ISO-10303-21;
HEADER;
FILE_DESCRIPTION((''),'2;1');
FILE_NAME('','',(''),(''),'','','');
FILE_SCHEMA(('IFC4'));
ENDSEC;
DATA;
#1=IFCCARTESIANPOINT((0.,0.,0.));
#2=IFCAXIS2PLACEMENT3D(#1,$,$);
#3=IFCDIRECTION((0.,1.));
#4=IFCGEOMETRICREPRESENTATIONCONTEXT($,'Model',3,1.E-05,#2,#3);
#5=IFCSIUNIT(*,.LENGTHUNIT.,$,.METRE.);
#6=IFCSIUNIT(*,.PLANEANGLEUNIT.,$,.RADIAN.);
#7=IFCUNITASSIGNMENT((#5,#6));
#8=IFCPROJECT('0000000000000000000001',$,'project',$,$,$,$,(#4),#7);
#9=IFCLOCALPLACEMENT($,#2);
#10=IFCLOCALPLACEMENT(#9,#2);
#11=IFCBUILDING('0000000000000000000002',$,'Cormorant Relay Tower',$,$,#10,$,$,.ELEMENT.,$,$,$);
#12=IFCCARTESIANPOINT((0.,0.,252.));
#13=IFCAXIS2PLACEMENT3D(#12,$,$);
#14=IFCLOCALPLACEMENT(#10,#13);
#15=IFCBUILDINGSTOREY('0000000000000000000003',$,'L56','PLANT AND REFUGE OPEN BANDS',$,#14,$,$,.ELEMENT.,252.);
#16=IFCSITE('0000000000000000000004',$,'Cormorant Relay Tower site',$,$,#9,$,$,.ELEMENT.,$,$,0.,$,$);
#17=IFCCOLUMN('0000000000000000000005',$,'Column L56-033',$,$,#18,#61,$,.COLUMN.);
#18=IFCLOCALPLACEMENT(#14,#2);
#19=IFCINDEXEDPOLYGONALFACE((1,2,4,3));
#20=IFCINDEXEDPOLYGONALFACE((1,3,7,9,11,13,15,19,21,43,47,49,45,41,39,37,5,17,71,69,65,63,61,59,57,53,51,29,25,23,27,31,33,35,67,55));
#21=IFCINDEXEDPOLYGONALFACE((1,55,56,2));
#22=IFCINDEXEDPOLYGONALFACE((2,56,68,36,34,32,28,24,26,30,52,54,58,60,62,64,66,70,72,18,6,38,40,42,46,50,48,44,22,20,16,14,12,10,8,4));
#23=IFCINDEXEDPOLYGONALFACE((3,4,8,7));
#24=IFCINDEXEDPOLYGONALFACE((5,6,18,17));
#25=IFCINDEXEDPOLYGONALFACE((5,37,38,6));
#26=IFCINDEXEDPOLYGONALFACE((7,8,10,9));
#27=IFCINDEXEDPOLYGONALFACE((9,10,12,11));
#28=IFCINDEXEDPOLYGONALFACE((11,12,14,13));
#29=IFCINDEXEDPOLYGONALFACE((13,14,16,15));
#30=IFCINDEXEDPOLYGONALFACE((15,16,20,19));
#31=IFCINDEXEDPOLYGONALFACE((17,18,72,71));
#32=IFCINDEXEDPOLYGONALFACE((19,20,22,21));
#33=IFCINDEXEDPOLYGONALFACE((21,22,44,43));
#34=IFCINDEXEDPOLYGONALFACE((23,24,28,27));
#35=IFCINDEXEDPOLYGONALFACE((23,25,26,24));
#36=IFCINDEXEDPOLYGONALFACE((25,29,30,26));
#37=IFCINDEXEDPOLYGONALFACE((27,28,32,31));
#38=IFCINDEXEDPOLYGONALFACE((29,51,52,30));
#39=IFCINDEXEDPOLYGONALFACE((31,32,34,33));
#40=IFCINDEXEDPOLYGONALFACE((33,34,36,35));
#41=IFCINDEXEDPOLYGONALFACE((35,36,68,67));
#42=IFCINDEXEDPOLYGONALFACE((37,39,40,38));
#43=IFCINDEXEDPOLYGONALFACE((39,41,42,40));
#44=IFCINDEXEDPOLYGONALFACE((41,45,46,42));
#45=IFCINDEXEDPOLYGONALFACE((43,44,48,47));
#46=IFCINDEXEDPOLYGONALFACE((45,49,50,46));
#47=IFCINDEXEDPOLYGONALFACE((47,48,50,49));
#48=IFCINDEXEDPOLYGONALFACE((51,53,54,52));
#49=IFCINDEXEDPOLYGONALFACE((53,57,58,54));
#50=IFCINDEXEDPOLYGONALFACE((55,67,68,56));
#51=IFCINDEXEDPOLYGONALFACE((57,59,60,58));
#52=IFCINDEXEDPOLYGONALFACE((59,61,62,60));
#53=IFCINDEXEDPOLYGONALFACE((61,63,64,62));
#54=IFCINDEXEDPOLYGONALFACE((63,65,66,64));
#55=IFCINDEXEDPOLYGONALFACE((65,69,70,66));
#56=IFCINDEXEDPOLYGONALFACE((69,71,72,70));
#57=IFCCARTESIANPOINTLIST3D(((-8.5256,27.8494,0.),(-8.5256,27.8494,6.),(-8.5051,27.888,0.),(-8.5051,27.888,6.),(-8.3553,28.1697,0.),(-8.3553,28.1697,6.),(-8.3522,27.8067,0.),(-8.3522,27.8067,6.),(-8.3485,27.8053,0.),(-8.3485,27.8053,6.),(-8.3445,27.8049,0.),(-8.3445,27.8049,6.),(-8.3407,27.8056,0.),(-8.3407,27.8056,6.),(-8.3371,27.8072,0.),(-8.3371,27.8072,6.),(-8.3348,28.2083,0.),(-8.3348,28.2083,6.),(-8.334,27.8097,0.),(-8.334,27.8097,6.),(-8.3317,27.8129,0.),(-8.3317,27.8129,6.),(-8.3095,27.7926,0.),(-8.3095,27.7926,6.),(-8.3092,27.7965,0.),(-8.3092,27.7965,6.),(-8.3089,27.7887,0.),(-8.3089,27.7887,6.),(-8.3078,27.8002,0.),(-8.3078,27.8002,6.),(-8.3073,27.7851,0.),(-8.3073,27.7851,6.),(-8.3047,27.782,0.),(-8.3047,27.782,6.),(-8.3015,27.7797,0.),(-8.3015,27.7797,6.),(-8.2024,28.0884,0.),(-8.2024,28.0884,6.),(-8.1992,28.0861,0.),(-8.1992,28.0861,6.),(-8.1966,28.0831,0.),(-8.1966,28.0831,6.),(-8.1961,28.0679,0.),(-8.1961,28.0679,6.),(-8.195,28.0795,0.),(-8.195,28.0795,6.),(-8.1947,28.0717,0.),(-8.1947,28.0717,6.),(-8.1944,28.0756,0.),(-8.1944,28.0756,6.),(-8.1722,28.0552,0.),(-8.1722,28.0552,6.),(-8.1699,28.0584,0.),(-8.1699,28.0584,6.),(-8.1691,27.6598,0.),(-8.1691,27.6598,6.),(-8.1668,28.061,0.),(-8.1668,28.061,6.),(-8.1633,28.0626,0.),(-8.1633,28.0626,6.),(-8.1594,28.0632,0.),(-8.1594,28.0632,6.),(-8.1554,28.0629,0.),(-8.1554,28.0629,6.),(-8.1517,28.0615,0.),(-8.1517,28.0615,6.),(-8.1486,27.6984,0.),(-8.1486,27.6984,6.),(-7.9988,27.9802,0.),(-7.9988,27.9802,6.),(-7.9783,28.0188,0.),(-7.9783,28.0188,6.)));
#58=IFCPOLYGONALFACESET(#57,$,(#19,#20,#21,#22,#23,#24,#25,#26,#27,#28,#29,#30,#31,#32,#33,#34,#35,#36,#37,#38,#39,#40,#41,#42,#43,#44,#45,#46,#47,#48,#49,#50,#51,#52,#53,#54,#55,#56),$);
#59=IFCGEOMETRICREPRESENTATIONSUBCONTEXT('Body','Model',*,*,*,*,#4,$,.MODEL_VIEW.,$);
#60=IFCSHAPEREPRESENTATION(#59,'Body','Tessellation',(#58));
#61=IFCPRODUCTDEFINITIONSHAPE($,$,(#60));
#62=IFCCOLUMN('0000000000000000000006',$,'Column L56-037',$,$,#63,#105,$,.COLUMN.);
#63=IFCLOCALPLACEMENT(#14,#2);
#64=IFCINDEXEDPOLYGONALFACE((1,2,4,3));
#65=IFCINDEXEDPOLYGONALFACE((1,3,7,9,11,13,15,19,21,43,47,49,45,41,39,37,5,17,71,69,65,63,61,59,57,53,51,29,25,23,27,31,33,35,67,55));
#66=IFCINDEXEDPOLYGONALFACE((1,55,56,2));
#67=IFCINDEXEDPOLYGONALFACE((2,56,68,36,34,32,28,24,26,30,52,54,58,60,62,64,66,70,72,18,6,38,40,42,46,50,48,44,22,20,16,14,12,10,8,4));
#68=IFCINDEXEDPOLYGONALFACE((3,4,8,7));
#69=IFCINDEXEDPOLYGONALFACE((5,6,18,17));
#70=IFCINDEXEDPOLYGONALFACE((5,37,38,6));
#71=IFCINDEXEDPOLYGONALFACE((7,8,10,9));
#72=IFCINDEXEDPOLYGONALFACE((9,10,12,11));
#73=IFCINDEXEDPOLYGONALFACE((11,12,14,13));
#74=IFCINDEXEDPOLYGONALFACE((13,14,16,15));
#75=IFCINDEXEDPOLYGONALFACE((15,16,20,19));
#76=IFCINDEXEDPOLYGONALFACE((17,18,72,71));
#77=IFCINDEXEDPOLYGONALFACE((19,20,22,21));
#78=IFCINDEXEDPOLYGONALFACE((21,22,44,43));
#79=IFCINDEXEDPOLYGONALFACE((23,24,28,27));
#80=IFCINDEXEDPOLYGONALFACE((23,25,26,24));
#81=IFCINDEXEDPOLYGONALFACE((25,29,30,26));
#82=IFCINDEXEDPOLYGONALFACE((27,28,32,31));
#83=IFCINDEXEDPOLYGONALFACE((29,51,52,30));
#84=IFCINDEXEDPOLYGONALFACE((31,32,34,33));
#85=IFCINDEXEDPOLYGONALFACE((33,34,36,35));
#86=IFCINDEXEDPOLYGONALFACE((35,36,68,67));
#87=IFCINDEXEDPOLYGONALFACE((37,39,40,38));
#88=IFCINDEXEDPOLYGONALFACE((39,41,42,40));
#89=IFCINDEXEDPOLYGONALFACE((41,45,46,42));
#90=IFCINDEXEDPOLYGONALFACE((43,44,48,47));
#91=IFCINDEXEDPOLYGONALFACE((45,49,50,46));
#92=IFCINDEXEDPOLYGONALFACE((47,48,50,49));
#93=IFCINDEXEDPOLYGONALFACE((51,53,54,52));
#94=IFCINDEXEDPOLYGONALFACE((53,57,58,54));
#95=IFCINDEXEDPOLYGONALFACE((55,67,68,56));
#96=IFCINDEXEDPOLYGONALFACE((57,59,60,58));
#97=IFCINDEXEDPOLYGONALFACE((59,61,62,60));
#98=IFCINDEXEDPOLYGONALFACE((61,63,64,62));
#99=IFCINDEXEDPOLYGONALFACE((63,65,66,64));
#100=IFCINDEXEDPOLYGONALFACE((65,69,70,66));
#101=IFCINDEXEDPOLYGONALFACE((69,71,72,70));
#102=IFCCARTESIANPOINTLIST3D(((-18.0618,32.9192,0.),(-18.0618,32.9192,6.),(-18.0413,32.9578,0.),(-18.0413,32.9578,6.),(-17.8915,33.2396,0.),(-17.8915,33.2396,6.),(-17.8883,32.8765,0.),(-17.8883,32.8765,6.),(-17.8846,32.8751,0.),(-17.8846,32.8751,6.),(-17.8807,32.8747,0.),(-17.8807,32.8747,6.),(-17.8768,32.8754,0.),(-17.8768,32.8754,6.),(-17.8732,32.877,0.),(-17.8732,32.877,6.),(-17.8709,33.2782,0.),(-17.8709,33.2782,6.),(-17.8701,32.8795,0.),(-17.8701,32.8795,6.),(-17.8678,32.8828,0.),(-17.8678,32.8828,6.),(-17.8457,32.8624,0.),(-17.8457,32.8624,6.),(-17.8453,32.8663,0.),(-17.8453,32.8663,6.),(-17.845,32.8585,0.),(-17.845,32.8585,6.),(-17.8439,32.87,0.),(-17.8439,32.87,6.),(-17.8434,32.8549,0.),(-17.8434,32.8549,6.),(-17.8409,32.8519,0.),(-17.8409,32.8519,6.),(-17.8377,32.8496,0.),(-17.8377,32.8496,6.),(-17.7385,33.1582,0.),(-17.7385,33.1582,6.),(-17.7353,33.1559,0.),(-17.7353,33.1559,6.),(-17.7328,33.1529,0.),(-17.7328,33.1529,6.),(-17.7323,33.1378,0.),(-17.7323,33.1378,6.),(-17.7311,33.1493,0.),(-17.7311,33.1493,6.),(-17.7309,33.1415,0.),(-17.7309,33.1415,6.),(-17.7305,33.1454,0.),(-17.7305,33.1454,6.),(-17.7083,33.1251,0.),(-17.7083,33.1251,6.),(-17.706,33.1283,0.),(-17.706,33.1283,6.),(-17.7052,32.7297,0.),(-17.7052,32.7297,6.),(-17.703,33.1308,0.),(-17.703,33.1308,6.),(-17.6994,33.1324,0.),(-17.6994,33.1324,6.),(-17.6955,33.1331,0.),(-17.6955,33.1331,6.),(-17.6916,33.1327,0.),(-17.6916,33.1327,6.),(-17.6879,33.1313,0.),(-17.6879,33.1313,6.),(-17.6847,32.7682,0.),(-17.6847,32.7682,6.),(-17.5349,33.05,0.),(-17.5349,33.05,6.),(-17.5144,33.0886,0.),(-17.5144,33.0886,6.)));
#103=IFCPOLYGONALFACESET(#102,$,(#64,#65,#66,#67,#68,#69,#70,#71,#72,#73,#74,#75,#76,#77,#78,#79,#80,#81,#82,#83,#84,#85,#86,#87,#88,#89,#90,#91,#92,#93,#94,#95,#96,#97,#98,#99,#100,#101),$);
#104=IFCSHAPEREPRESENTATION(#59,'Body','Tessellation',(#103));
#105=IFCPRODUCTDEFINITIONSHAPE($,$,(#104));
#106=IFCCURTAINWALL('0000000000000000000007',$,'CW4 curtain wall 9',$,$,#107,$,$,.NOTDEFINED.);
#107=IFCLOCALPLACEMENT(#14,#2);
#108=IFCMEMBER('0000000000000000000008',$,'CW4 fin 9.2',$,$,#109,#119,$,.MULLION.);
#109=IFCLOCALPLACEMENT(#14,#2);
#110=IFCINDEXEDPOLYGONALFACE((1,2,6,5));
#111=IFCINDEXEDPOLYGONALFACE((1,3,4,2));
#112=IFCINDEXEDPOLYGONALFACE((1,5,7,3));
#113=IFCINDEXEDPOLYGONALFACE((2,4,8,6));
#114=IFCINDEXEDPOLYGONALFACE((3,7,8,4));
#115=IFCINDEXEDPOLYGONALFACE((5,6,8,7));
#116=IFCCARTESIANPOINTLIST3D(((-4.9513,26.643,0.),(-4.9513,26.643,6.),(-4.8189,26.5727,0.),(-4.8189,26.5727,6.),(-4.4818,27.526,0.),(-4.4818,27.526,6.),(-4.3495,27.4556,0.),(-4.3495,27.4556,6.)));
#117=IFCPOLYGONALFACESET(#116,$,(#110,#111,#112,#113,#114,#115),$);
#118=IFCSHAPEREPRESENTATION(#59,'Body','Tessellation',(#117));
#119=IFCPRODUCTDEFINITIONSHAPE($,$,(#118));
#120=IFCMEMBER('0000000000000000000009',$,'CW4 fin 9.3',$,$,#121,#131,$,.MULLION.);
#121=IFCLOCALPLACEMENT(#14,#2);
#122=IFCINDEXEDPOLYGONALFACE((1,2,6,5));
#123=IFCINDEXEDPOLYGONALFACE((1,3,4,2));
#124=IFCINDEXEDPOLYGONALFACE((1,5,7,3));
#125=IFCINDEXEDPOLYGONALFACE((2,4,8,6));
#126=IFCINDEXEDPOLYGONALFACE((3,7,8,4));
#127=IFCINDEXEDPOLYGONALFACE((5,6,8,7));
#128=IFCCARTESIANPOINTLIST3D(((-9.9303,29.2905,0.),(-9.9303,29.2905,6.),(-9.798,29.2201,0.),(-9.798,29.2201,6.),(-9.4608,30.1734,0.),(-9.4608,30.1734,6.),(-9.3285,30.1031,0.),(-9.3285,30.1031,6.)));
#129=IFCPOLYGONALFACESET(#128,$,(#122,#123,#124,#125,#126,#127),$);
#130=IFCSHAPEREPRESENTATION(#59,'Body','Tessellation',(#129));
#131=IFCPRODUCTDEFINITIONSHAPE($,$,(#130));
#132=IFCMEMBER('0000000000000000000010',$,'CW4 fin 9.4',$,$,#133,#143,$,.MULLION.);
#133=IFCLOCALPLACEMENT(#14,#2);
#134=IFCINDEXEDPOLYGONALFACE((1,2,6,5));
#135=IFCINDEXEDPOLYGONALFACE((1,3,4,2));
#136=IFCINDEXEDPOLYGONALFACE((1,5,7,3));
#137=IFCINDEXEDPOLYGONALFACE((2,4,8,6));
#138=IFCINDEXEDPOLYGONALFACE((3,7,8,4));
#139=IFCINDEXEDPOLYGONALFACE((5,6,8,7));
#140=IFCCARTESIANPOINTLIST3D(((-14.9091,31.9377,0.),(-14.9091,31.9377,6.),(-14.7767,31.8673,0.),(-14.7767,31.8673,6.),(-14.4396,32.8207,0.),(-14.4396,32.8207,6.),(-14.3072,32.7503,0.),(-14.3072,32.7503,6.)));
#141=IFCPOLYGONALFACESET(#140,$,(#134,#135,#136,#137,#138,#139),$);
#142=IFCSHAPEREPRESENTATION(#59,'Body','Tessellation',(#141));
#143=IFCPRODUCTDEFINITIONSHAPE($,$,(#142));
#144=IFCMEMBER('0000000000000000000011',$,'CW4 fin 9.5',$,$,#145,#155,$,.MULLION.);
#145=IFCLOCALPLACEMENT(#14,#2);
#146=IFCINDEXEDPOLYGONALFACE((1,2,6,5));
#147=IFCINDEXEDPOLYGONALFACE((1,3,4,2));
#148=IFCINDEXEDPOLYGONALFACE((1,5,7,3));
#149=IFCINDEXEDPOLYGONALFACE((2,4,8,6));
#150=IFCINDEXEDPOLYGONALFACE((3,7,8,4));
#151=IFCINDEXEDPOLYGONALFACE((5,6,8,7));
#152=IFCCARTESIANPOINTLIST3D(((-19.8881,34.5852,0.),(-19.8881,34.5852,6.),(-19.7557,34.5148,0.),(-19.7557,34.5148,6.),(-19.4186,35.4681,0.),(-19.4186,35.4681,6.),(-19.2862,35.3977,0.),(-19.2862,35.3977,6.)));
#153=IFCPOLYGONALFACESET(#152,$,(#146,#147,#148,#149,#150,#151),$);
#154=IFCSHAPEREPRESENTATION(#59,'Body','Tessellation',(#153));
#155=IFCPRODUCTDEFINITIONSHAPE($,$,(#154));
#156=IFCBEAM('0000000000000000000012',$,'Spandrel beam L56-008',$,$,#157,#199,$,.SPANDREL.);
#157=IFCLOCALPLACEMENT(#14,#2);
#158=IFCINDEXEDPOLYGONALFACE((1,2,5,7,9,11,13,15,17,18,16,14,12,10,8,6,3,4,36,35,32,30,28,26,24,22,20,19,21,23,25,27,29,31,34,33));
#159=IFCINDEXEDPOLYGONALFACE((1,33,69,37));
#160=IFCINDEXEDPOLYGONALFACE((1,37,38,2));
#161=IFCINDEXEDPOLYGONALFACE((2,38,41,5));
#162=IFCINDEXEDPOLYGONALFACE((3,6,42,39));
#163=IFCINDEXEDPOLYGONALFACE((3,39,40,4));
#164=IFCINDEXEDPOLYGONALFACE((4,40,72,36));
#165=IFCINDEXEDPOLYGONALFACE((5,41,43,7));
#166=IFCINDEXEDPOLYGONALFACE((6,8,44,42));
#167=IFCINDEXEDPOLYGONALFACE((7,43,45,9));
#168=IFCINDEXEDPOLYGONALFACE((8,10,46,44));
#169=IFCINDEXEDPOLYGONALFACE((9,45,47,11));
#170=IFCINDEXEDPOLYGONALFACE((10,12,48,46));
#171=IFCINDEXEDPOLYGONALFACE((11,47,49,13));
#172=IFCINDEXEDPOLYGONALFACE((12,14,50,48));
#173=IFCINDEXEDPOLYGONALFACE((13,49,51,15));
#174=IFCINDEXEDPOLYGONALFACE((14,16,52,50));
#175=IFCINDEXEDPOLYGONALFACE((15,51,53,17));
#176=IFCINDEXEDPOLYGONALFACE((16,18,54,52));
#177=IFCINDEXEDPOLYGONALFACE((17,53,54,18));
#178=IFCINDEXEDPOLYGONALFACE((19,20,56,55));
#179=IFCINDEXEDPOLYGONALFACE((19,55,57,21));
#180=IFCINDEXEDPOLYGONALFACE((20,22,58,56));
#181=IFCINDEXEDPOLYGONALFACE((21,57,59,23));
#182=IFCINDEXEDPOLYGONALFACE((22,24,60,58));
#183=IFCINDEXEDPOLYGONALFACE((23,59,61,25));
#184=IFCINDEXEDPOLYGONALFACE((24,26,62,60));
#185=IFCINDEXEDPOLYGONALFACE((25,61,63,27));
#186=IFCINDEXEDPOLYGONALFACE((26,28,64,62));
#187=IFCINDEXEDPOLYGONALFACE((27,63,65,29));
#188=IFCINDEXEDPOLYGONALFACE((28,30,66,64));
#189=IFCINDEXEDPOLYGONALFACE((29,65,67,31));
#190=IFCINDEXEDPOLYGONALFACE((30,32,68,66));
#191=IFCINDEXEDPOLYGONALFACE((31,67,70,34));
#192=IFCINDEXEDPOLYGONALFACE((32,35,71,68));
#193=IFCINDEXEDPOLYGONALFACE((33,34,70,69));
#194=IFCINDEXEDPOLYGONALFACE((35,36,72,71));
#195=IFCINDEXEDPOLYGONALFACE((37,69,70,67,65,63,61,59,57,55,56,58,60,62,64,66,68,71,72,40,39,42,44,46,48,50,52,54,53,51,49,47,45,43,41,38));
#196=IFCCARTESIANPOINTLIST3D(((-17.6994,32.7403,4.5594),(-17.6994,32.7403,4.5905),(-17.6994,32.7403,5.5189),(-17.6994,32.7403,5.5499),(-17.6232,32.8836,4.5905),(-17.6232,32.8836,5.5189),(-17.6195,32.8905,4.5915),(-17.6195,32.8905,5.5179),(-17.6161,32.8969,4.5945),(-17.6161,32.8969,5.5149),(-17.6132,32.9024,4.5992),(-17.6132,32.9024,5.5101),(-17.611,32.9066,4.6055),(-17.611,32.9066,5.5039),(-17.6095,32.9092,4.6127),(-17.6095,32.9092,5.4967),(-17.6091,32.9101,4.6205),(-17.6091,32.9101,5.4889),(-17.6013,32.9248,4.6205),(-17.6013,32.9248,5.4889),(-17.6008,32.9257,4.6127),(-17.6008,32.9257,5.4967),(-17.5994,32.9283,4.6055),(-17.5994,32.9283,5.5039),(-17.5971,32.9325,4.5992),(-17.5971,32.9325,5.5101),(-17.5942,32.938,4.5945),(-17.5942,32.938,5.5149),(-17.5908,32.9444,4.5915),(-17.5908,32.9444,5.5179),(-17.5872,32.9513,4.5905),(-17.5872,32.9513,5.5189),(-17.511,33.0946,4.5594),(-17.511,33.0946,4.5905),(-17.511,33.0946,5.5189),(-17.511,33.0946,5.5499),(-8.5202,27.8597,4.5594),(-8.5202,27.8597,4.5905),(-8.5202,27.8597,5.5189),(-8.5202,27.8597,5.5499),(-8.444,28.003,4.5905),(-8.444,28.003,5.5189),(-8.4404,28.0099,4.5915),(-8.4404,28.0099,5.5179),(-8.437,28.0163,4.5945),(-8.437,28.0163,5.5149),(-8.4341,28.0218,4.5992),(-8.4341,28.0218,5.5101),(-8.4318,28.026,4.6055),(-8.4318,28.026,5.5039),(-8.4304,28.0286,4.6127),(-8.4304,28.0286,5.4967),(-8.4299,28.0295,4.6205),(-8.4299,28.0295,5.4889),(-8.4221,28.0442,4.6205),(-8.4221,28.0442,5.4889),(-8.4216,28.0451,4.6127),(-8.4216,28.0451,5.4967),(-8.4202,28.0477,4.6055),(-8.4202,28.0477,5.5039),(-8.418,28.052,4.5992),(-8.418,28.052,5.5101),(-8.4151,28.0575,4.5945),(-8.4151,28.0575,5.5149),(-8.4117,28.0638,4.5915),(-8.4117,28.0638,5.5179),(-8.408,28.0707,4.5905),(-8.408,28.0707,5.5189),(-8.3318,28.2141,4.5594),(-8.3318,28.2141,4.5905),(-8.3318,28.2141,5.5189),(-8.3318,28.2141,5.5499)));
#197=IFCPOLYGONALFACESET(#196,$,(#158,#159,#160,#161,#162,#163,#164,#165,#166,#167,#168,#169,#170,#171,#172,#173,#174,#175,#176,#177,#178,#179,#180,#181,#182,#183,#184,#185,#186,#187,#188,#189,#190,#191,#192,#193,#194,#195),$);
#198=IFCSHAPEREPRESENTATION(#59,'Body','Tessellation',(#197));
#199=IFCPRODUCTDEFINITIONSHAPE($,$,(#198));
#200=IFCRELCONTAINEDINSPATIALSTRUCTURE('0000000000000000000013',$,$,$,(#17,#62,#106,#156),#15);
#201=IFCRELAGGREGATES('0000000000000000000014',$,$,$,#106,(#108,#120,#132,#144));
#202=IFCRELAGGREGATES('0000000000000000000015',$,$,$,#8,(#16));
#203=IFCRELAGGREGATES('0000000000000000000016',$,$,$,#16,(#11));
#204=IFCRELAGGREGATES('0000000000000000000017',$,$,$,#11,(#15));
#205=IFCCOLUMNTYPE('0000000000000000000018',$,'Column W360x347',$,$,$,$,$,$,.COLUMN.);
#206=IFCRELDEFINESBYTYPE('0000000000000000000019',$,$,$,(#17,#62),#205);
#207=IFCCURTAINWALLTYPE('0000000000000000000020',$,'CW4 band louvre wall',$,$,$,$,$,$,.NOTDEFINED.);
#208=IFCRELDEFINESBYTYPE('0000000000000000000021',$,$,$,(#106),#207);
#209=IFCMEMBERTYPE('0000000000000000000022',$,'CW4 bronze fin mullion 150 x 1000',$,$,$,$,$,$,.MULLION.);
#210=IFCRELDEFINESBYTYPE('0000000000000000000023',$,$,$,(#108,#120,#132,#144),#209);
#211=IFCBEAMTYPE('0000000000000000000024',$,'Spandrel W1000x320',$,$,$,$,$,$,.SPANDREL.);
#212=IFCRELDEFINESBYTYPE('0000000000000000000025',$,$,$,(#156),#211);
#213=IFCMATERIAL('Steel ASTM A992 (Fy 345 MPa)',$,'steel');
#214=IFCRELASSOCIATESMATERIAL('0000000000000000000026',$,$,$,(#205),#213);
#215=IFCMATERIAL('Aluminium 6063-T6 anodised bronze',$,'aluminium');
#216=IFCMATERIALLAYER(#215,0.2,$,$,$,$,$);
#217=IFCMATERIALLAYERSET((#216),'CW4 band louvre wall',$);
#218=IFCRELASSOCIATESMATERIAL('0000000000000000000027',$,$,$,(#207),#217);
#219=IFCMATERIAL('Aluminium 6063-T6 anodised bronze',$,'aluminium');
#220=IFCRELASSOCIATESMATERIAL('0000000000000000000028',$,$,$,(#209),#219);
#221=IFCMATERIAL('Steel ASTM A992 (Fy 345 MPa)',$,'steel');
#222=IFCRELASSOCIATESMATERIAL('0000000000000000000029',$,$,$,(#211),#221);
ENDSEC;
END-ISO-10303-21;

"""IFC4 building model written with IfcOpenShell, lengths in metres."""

from ifc_helpers import new_model, si_unit, direction, frame, origin, origin_2d, place, context, subcontext, project, spatial, rectangle, i_section, extrude, material, layer, layer_set, material_profile, profile_set, type_object, element, aggregate, save


model = new_model("IFC4")

# Units and contexts
model_context = context("Model", 3, precision=1e-05, world=origin(), true_north=direction((0.0, 1.0)))
body_context = subcontext(model_context, "Body", "Model", "MODEL_VIEW")
ifc_project = project(units=[si_unit("LENGTHUNIT", "METRE"), si_unit("PLANEANGLEUNIT", "RADIAN")], contexts=[model_context])

# Site, building, storey
site_placement = place(None, origin())
site = spatial("IfcSite", under=ifc_project, at=site_placement, Name="Cormorant Relay Tower site", CompositionType="ELEMENT", RefElevation=0.0)
building_placement = place(site_placement, origin())
building = spatial("IfcBuilding", under=site, at=building_placement, Name="Cormorant Relay Tower", CompositionType="ELEMENT")
storey_placement = place(building_placement, frame((0.0, 0.0, 252.0)))
storey = spatial("IfcBuildingStorey", under=building, at=storey_placement, Name="L56", Description="PLANT AND REFUGE OPEN BANDS", CompositionType="ELEMENT", Elevation=252.0)

# Columns
ifc_material_1 = material(Name="Steel ASTM A992 (Fy 345 MPa)", Category="steel")
ifc_material_profile_1 = material_profile(ifc_material_1, i_section(OverallWidth=0.4038, OverallDepth=0.4065, WebThickness=0.0271, FlangeThickness=0.0437, FilletRadius=0.0151, at=origin_2d()), Name="W360x347")
ifc_profile_set_1 = profile_set([ifc_material_profile_1], Name="Steel ASTM A992 (Fy 345 MPa)")
column_type = type_object("IfcColumnType", Name="Column W360x347", PredefinedType="COLUMN", material=ifc_profile_set_1)
for number, where, z_axis, x_axis, name in (
    (1, (-8.252, 27.9341, 0.0), (0.0, 0.0, 1.0), (-0.882948, 0.469472, 0.0), "Column L56-033"),
    (2, (-17.7881, 33.0039, 0.0), (0.0, 0.0, 1.0), (-0.882948, 0.469472, 0.0), "Column L56-037"),
):
    element("IfcColumn", number, at=place(storey_placement, frame(where, z_axis=z_axis, x_axis=x_axis)), inside=storey, type_object=column_type, Name=name, PredefinedType="COLUMN", context=body_context, shape_type="SweptSolid", body=[
        extrude(i_section(OverallWidth=0.4038, OverallDepth=0.4065, WebThickness=0.0271, FlangeThickness=0.0437, FilletRadius=0.0151, at=origin_2d()), origin(), (0.0, 0.0, 1.0), 6.0),
    ])

# Curtain wall, members
ifc_material_2 = material(Name="Aluminium 6063-T6 anodised bronze", Category="aluminium")
ifc_layer_1 = layer(ifc_material_2, 0.2)
ifc_layer_set_1 = layer_set([ifc_layer_1], Name="CW4 band louvre wall")
curtain_wall_type = type_object("IfcCurtainWallType", Name="CW4 band louvre wall", PredefinedType="NOTDEFINED", material=ifc_layer_set_1)
curtain_wall_placement = place(storey_placement, origin())
curtain_wall = element("IfcCurtainWall", 3, at=curtain_wall_placement, inside=storey, type_object=curtain_wall_type, Name="CW4 curtain wall 9", PredefinedType="NOTDEFINED")
ifc_material_3 = material(Name="Aluminium 6063-T6 anodised bronze", Category="aluminium")
ifc_material_profile_2 = material_profile(ifc_material_3, rectangle(XDim=0.1499, YDim=1.0, at=origin_2d()), Name="AL 150x1000")
ifc_profile_set_2 = profile_set([ifc_material_profile_2], Name="Aluminium 6063-T6 anodised bronze")
member_type = type_object("IfcMemberType", Name="CW4 bronze fin mullion 150 x 1000", PredefinedType="MULLION", material=ifc_profile_set_2)
member_1_placement = place(storey_placement, frame((-4.6504, 27.0493, 0.0), z_axis=(0.0, 0.0, 1.0), x_axis=(-0.882948, 0.469472, 0.0)))
member_1 = element("IfcMember", 4, at=member_1_placement, type_object=member_type, Name="CW4 fin 9.2", PredefinedType="MULLION", context=body_context, shape_type="SweptSolid", body=[
    extrude(rectangle(XDim=0.1499, YDim=1.0, at=origin_2d()), origin(), (0.0, 0.0, 1.0), 6.0),
])
member_2_placement = place(storey_placement, frame((-9.6294, 29.6968, 0.0), z_axis=(0.0, 0.0, 1.0), x_axis=(-0.882948, 0.469472, 0.0)))
member_2 = element("IfcMember", 5, at=member_2_placement, type_object=member_type, Name="CW4 fin 9.3", PredefinedType="MULLION", context=body_context, shape_type="SweptSolid", body=[
    extrude(rectangle(XDim=0.1499, YDim=1.0, at=origin_2d()), origin(), (0.0, 0.0, 1.0), 6.0),
])
member_3_placement = place(storey_placement, frame((-14.6082, 32.344, 0.0), z_axis=(0.0, 0.0, 1.0), x_axis=(-0.882948, 0.469472, 0.0)))
member_3 = element("IfcMember", 6, at=member_3_placement, type_object=member_type, Name="CW4 fin 9.4", PredefinedType="MULLION", context=body_context, shape_type="SweptSolid", body=[
    extrude(rectangle(XDim=0.1499, YDim=1.0, at=origin_2d()), origin(), (0.0, 0.0, 1.0), 6.0),
])
member_4_placement = place(storey_placement, frame((-19.5872, 34.9915, 0.0), z_axis=(0.0, 0.0, 1.0), x_axis=(-0.882948, 0.469472, 0.0)))
member_4 = element("IfcMember", 7, at=member_4_placement, type_object=member_type, Name="CW4 fin 9.5", PredefinedType="MULLION", context=body_context, shape_type="SweptSolid", body=[
    extrude(rectangle(XDim=0.1499, YDim=1.0, at=origin_2d()), origin(), (0.0, 0.0, 1.0), 6.0),
])

# Beam
ifc_material_4 = material(Name="Steel ASTM A992 (Fy 345 MPa)", Category="steel")
ifc_material_profile_3 = material_profile(ifc_material_4, i_section(OverallWidth=0.4014, OverallDepth=0.9905, WebThickness=0.0166, FlangeThickness=0.031, FilletRadius=0.03, at=origin_2d()), Name="W1000x320")
ifc_profile_set_3 = profile_set([ifc_material_profile_3], Name="Steel ASTM A992 (Fy 345 MPa)")
beam_type_1 = type_object("IfcBeamType", Name="Spandrel W1000x320", PredefinedType="SPANDREL", material=ifc_profile_set_3)
beam_1_placement = place(storey_placement, frame((-8.426, 28.0369, 5.0547), z_axis=(-0.88295, 0.469468, 0.0), x_axis=(-0.469468, -0.88295, 0.0)))
element("IfcBeam", 8, at=beam_1_placement, inside=storey, type_object=beam_type_1, Name="Spandrel beam L56-008", PredefinedType="SPANDREL", context=body_context, shape_type="SweptSolid", body=[
    extrude(i_section(OverallWidth=0.4014, OverallDepth=0.9905, WebThickness=0.0166, FlangeThickness=0.031, FilletRadius=0.03, at=origin_2d()), origin(), (0.0, 0.0, 1.0), 10.396),
])

aggregate(curtain_wall, [member_1, member_2, member_3, member_4])

save(model, "model.ifc")
